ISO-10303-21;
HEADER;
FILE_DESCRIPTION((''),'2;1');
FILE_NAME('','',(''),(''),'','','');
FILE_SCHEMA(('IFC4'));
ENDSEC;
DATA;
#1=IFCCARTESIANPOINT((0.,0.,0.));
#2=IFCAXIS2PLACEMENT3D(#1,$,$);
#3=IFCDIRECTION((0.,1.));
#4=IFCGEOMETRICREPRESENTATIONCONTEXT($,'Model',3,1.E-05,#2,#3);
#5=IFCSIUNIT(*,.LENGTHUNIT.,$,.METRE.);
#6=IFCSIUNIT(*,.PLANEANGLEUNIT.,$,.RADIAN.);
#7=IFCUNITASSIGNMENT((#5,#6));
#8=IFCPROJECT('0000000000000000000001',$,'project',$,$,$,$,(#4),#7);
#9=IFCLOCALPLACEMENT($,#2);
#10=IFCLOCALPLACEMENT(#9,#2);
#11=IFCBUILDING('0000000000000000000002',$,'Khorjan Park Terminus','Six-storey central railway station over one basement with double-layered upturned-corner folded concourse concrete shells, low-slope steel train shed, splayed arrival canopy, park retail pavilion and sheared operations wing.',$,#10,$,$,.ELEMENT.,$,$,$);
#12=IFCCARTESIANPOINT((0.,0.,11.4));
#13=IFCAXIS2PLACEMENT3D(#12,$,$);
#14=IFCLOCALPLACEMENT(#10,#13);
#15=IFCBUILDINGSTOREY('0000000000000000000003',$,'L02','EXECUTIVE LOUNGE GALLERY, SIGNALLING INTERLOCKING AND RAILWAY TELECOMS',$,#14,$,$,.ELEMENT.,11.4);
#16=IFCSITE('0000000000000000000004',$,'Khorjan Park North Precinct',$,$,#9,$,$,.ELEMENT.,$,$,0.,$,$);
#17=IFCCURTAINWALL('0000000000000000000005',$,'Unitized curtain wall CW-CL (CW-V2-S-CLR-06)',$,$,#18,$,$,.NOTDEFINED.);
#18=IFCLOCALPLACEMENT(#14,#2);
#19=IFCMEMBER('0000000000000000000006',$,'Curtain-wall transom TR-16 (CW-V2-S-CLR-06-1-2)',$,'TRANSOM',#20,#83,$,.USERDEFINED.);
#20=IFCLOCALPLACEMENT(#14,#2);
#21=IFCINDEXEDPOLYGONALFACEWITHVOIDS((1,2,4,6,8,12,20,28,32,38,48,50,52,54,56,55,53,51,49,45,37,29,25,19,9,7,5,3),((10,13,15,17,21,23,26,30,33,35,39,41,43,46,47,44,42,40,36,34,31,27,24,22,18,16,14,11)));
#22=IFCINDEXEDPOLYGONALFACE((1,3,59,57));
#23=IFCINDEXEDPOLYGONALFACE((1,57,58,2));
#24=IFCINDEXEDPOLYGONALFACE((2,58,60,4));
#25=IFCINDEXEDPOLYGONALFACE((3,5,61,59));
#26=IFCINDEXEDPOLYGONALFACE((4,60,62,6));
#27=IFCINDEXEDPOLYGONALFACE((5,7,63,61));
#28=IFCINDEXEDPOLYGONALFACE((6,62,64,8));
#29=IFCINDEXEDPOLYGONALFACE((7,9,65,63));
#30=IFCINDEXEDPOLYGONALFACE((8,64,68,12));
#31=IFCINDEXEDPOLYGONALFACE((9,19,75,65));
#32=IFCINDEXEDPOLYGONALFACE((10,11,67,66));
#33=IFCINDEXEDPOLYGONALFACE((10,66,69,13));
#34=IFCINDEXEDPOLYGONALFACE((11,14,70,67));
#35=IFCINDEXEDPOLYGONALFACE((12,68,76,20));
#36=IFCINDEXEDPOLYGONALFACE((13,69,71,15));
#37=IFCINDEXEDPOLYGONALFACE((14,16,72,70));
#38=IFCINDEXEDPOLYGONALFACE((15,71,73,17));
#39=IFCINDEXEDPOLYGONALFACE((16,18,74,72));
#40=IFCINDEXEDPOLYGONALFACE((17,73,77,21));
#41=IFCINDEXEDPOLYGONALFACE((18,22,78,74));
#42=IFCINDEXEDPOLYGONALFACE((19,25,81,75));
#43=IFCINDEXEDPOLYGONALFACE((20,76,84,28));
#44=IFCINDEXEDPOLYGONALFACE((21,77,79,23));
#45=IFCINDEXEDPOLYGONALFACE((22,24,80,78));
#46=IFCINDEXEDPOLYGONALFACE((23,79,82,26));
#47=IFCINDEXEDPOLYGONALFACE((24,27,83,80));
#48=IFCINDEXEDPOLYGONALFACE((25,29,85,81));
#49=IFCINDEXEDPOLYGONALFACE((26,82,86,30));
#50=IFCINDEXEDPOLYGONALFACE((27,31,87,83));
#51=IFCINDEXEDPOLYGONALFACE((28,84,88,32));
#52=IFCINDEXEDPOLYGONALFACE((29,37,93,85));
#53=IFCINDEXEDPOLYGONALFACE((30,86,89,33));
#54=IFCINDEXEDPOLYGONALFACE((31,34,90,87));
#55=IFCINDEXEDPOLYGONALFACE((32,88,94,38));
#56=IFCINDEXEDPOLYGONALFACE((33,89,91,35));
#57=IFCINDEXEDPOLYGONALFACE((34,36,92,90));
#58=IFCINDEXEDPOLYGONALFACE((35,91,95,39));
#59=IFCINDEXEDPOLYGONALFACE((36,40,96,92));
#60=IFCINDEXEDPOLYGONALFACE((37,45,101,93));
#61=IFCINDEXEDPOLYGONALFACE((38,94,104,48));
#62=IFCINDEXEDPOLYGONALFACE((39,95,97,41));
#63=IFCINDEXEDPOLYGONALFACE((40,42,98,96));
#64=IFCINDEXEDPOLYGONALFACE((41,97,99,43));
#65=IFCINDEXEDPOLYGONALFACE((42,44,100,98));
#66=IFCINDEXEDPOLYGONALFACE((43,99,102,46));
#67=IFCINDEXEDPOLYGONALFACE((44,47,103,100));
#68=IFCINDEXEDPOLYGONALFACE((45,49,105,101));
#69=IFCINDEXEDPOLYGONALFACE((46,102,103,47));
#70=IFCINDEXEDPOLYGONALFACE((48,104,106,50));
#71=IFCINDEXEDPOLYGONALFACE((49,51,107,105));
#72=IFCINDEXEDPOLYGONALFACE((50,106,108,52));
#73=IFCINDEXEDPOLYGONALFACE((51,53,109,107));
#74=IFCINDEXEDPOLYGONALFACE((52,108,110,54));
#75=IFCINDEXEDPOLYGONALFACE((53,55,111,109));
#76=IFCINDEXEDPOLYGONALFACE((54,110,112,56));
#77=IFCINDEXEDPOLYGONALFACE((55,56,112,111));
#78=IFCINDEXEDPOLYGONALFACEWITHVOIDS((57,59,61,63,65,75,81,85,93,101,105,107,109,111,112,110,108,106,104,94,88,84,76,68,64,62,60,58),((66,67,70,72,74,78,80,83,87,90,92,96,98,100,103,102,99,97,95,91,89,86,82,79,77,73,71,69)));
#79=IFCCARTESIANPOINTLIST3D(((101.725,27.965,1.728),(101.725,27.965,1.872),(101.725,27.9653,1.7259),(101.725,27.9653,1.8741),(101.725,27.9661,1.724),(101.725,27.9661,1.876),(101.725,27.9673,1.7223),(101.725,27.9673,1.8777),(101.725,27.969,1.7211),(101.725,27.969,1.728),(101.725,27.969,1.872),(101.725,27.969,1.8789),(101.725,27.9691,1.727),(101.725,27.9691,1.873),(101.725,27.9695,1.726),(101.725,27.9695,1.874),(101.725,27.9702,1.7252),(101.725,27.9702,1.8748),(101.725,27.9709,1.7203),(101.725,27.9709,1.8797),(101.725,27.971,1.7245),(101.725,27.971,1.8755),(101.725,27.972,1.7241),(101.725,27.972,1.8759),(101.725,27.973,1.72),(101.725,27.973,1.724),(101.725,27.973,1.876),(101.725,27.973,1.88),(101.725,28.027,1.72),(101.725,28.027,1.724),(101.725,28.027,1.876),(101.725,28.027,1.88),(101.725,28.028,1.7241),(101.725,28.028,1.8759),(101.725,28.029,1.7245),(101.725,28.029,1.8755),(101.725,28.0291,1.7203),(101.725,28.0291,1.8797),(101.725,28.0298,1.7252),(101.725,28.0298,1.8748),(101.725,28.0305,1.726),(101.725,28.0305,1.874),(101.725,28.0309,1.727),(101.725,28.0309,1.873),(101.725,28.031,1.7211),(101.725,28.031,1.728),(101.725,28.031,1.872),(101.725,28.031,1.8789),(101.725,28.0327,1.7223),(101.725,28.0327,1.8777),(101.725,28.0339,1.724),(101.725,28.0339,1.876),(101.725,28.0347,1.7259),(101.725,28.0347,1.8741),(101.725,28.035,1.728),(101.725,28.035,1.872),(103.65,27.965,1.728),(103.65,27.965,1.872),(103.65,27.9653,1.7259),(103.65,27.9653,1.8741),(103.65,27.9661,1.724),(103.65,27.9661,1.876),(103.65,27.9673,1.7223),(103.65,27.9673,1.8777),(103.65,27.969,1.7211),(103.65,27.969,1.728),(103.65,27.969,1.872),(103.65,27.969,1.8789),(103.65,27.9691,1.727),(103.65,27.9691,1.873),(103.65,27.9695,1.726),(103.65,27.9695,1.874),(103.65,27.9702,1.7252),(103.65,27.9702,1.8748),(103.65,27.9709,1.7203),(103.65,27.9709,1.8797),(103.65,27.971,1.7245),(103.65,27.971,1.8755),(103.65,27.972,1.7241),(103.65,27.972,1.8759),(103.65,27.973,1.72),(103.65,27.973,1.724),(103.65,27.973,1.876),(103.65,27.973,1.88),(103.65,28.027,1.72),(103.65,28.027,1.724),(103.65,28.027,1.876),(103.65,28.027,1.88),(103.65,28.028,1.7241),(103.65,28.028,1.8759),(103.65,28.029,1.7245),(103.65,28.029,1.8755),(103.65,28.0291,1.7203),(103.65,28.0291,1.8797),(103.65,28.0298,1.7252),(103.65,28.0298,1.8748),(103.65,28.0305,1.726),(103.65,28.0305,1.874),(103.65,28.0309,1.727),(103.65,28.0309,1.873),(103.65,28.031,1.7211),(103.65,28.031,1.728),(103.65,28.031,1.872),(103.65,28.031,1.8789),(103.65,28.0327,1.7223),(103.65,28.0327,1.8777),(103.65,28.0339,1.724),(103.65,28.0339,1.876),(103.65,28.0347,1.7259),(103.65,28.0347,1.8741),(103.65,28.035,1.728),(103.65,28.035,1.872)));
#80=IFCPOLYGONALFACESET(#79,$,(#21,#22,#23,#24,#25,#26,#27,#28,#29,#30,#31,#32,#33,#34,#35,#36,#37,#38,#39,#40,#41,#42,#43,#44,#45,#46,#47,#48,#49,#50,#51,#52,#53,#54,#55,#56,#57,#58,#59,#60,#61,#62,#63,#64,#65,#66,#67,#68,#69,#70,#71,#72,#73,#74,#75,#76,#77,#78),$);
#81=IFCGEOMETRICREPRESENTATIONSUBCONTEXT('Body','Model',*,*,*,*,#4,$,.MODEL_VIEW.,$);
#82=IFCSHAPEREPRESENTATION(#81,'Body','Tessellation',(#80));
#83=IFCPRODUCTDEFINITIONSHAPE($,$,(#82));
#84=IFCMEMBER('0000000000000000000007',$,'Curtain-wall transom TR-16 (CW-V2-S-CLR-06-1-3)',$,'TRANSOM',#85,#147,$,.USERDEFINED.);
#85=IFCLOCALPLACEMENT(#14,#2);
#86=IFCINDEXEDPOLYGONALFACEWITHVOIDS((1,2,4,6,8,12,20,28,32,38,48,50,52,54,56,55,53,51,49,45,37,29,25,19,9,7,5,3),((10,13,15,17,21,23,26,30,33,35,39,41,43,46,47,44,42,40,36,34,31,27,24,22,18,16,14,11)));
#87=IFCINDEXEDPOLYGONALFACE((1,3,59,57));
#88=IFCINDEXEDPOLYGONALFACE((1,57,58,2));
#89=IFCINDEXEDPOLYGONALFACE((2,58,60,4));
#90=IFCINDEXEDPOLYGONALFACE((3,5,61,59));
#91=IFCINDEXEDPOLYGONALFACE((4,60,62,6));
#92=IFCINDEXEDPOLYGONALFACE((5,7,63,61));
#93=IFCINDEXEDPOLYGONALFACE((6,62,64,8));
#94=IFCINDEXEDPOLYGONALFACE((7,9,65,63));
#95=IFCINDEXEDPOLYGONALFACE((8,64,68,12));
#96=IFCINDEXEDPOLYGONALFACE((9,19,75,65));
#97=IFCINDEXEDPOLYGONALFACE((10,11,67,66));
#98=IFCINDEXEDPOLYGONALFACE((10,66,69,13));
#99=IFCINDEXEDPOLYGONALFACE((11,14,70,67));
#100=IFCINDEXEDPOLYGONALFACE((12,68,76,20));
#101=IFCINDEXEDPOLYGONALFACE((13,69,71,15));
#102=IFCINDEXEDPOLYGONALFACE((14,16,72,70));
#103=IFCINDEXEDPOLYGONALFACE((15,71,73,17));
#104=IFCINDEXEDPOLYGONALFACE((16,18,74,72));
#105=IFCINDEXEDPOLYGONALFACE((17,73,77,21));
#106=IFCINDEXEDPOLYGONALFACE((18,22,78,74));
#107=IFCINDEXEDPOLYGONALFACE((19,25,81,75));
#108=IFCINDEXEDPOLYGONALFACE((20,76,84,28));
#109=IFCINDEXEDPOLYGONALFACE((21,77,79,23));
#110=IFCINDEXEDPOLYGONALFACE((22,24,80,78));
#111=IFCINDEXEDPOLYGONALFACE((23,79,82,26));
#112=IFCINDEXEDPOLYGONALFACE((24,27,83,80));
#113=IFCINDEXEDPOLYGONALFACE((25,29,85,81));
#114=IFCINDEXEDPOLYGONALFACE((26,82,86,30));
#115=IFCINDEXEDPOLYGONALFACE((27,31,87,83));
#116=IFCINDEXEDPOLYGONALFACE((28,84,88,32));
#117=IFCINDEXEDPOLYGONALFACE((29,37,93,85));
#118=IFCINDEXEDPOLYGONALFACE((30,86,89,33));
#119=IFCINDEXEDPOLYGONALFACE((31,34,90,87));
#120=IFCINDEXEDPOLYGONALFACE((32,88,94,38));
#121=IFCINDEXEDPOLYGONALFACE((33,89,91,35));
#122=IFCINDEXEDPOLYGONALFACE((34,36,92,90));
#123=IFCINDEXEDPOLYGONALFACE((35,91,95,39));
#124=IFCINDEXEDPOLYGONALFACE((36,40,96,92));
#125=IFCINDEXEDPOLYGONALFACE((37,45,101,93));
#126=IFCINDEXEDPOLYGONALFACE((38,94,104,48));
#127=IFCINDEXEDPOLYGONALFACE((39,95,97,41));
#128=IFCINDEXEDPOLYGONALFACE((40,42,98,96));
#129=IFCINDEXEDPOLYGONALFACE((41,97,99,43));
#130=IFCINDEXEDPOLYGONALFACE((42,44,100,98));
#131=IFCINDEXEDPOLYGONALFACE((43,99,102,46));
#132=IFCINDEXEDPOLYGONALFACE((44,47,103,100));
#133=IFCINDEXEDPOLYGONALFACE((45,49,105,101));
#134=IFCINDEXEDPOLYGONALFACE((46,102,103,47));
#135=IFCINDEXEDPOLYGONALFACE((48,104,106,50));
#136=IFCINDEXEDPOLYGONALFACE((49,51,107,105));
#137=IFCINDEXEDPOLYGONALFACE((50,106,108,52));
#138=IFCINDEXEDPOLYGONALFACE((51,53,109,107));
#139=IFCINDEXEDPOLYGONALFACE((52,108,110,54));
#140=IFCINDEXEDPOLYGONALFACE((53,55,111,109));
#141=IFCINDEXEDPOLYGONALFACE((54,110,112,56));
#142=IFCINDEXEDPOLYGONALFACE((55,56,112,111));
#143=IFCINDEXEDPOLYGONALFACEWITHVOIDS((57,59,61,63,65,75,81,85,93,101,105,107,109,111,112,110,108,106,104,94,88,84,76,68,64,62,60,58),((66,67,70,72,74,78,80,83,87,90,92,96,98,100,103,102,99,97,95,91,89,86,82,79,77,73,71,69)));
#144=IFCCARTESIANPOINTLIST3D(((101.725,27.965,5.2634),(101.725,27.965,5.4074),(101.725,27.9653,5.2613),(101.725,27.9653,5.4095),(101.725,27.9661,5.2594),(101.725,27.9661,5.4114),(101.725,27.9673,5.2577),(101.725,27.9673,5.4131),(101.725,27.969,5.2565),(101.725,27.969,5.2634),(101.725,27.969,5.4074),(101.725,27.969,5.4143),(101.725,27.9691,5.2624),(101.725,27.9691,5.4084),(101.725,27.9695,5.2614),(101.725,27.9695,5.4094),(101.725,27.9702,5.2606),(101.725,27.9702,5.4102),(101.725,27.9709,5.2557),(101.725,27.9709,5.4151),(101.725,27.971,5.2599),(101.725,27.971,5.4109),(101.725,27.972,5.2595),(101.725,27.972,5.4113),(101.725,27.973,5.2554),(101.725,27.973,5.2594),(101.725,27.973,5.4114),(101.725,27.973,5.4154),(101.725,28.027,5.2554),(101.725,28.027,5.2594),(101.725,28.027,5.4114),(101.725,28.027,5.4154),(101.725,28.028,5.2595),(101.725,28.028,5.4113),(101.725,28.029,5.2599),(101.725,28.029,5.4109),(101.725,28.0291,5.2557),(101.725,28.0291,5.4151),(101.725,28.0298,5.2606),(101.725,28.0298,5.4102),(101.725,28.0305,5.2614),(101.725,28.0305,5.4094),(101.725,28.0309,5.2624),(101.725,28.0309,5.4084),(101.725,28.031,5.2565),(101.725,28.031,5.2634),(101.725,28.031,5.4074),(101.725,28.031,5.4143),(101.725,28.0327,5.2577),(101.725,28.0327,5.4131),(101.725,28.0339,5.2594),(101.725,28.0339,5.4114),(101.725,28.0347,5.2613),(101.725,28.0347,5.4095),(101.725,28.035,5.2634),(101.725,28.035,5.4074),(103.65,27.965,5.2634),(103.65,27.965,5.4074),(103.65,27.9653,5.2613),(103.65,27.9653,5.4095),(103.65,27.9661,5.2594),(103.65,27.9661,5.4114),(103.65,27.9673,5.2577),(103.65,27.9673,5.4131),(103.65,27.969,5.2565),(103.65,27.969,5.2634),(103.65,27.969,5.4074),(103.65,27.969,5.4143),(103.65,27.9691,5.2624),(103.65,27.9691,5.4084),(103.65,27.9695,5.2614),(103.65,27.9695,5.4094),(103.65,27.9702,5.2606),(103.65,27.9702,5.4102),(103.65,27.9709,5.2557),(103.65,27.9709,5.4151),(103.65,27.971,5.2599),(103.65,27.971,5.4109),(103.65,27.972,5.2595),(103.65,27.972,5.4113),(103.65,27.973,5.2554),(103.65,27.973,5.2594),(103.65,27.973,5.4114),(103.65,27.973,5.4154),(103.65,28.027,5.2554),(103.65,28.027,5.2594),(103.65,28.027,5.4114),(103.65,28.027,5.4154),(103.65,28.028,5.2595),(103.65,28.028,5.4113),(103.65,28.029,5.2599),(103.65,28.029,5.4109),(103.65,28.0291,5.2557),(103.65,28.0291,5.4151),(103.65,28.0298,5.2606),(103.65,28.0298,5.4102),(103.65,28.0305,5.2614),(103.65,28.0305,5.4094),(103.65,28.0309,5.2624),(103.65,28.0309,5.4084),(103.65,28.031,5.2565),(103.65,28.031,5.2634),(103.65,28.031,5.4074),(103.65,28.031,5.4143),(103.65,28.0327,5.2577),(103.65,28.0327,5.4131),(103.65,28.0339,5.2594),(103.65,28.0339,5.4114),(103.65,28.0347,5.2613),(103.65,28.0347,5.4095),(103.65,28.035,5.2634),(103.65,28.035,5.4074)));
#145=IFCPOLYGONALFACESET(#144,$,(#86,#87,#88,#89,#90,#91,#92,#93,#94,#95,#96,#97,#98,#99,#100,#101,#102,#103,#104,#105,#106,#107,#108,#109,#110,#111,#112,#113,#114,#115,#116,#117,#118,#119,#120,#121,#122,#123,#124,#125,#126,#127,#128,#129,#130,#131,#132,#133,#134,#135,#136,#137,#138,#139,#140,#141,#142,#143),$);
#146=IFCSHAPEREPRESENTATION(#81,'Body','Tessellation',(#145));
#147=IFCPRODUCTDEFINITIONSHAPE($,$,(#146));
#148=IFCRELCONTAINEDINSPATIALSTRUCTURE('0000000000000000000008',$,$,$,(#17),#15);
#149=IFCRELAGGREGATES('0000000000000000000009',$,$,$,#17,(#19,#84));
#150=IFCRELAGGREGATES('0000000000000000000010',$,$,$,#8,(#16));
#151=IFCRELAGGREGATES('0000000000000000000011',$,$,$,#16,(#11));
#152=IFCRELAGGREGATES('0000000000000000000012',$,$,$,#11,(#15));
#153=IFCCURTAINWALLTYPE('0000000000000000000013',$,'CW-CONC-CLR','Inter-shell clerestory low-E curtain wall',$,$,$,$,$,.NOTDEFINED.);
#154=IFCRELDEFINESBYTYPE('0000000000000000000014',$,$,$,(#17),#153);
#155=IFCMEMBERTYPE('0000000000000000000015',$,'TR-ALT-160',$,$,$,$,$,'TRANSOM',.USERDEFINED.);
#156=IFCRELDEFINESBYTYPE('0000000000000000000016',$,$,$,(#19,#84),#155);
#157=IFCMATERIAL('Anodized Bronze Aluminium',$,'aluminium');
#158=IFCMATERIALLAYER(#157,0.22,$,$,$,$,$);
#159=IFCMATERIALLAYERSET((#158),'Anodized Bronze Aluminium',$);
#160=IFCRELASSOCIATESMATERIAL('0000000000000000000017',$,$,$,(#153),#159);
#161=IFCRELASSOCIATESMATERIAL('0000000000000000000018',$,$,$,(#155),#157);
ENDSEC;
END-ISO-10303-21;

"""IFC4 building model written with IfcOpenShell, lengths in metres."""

from ifc_helpers import new_model, si_unit, direction, frame, origin, origin_2d, place, context, subcontext, project, spatial, hollow_rectangle, extrude, material, layer, layer_set, material_profile, profile_set, type_object, element, aggregate, save


model = new_model("IFC4")

# Units and contexts
model_context = context("Model", 3, precision=1e-05, world=origin(), true_north=direction((0.0, 1.0)))
body_context = subcontext(model_context, "Body", "Model", "MODEL_VIEW")
ifc_project = project(units=[si_unit("LENGTHUNIT", "METRE"), si_unit("PLANEANGLEUNIT", "RADIAN")], contexts=[model_context])

# Site, building, storey
site_placement = place(None, origin())
site = spatial("IfcSite", under=ifc_project, at=site_placement, Name="Khorjan Park North Precinct", CompositionType="ELEMENT", RefElevation=0.0)
building_placement = place(site_placement, origin())
building = spatial("IfcBuilding", under=site, at=building_placement, Name="Khorjan Park Terminus", Description="Six-storey central railway station over one basement with double-layered upturned-corner folded concourse concrete shells, low-slope steel train shed, splayed arrival canopy, park retail pavilion and sheared operations wing.", CompositionType="ELEMENT")
storey_placement = place(building_placement, frame((0.0, 0.0, 11.4)))
storey = spatial("IfcBuildingStorey", under=building, at=storey_placement, Name="L02", Description="EXECUTIVE LOUNGE GALLERY, SIGNALLING INTERLOCKING AND RAILWAY TELECOMS", CompositionType="ELEMENT", Elevation=11.4)

# Curtain wall
ifc_material_1 = material(Name="Anodized Bronze Aluminium", Category="aluminium")
ifc_layer_1 = layer(ifc_material_1, 0.22)
ifc_layer_set_1 = layer_set([ifc_layer_1], Name="Anodized Bronze Aluminium")
curtain_wall_type = type_object("IfcCurtainWallType", Name="CW-CONC-CLR", Description="Inter-shell clerestory low-E curtain wall", PredefinedType="NOTDEFINED", material=ifc_layer_set_1)
curtain_wall_1_placement = place(storey_placement, origin())
curtain_wall_1 = element("IfcCurtainWall", 1, at=curtain_wall_1_placement, inside=storey, type_object=curtain_wall_type, Name="Unitized curtain wall CW-CL (CW-V2-S-CLR-06)", PredefinedType="NOTDEFINED")

# Members
ifc_material_profile_1 = material_profile(ifc_material_1, hollow_rectangle(XDim=0.07, YDim=0.16, WallThickness=0.004, InnerFilletRadius=0.004, OuterFilletRadius=0.008, at=origin_2d()), Name="ALT 70x160x4")
ifc_profile_set_1 = profile_set([ifc_material_profile_1], Name="Anodized Bronze Aluminium")
member_type_1 = type_object("IfcMemberType", Name="TR-ALT-160", ElementType="TRANSOM", PredefinedType="USERDEFINED", material=ifc_profile_set_1)
member_1_placement = place(storey_placement, frame((101.725, 28.0, 1.8), z_axis=(1.0, 0.0, 0.0), x_axis=(0.0, 1.0, 0.0)))
member_1 = element("IfcMember", 2, at=member_1_placement, type_object=member_type_1, Name="Curtain-wall transom TR-16 (CW-V2-S-CLR-06-1-2)", ObjectType="TRANSOM", PredefinedType="USERDEFINED", context=body_context, shape_type="SweptSolid", body=[
    extrude(hollow_rectangle(XDim=0.07, YDim=0.16, WallThickness=0.004, InnerFilletRadius=0.004, OuterFilletRadius=0.008, at=origin_2d()), origin(), (0.0, 0.0, 1.0), 1.925),
])
member_2_placement = place(storey_placement, frame((101.725, 28.0, 5.3354), z_axis=(1.0, 0.0, 0.0), x_axis=(0.0, 1.0, 0.0)))
member_2 = element("IfcMember", 3, at=member_2_placement, type_object=member_type_1, Name="Curtain-wall transom TR-16 (CW-V2-S-CLR-06-1-3)", ObjectType="TRANSOM", PredefinedType="USERDEFINED", context=body_context, shape_type="SweptSolid", body=[
    extrude(hollow_rectangle(XDim=0.07, YDim=0.16, WallThickness=0.004, InnerFilletRadius=0.004, OuterFilletRadius=0.008, at=origin_2d()), origin(), (0.0, 0.0, 1.0), 1.925),
])

aggregate(curtain_wall_1, [member_1, member_2])

save(model, "model.ifc")
